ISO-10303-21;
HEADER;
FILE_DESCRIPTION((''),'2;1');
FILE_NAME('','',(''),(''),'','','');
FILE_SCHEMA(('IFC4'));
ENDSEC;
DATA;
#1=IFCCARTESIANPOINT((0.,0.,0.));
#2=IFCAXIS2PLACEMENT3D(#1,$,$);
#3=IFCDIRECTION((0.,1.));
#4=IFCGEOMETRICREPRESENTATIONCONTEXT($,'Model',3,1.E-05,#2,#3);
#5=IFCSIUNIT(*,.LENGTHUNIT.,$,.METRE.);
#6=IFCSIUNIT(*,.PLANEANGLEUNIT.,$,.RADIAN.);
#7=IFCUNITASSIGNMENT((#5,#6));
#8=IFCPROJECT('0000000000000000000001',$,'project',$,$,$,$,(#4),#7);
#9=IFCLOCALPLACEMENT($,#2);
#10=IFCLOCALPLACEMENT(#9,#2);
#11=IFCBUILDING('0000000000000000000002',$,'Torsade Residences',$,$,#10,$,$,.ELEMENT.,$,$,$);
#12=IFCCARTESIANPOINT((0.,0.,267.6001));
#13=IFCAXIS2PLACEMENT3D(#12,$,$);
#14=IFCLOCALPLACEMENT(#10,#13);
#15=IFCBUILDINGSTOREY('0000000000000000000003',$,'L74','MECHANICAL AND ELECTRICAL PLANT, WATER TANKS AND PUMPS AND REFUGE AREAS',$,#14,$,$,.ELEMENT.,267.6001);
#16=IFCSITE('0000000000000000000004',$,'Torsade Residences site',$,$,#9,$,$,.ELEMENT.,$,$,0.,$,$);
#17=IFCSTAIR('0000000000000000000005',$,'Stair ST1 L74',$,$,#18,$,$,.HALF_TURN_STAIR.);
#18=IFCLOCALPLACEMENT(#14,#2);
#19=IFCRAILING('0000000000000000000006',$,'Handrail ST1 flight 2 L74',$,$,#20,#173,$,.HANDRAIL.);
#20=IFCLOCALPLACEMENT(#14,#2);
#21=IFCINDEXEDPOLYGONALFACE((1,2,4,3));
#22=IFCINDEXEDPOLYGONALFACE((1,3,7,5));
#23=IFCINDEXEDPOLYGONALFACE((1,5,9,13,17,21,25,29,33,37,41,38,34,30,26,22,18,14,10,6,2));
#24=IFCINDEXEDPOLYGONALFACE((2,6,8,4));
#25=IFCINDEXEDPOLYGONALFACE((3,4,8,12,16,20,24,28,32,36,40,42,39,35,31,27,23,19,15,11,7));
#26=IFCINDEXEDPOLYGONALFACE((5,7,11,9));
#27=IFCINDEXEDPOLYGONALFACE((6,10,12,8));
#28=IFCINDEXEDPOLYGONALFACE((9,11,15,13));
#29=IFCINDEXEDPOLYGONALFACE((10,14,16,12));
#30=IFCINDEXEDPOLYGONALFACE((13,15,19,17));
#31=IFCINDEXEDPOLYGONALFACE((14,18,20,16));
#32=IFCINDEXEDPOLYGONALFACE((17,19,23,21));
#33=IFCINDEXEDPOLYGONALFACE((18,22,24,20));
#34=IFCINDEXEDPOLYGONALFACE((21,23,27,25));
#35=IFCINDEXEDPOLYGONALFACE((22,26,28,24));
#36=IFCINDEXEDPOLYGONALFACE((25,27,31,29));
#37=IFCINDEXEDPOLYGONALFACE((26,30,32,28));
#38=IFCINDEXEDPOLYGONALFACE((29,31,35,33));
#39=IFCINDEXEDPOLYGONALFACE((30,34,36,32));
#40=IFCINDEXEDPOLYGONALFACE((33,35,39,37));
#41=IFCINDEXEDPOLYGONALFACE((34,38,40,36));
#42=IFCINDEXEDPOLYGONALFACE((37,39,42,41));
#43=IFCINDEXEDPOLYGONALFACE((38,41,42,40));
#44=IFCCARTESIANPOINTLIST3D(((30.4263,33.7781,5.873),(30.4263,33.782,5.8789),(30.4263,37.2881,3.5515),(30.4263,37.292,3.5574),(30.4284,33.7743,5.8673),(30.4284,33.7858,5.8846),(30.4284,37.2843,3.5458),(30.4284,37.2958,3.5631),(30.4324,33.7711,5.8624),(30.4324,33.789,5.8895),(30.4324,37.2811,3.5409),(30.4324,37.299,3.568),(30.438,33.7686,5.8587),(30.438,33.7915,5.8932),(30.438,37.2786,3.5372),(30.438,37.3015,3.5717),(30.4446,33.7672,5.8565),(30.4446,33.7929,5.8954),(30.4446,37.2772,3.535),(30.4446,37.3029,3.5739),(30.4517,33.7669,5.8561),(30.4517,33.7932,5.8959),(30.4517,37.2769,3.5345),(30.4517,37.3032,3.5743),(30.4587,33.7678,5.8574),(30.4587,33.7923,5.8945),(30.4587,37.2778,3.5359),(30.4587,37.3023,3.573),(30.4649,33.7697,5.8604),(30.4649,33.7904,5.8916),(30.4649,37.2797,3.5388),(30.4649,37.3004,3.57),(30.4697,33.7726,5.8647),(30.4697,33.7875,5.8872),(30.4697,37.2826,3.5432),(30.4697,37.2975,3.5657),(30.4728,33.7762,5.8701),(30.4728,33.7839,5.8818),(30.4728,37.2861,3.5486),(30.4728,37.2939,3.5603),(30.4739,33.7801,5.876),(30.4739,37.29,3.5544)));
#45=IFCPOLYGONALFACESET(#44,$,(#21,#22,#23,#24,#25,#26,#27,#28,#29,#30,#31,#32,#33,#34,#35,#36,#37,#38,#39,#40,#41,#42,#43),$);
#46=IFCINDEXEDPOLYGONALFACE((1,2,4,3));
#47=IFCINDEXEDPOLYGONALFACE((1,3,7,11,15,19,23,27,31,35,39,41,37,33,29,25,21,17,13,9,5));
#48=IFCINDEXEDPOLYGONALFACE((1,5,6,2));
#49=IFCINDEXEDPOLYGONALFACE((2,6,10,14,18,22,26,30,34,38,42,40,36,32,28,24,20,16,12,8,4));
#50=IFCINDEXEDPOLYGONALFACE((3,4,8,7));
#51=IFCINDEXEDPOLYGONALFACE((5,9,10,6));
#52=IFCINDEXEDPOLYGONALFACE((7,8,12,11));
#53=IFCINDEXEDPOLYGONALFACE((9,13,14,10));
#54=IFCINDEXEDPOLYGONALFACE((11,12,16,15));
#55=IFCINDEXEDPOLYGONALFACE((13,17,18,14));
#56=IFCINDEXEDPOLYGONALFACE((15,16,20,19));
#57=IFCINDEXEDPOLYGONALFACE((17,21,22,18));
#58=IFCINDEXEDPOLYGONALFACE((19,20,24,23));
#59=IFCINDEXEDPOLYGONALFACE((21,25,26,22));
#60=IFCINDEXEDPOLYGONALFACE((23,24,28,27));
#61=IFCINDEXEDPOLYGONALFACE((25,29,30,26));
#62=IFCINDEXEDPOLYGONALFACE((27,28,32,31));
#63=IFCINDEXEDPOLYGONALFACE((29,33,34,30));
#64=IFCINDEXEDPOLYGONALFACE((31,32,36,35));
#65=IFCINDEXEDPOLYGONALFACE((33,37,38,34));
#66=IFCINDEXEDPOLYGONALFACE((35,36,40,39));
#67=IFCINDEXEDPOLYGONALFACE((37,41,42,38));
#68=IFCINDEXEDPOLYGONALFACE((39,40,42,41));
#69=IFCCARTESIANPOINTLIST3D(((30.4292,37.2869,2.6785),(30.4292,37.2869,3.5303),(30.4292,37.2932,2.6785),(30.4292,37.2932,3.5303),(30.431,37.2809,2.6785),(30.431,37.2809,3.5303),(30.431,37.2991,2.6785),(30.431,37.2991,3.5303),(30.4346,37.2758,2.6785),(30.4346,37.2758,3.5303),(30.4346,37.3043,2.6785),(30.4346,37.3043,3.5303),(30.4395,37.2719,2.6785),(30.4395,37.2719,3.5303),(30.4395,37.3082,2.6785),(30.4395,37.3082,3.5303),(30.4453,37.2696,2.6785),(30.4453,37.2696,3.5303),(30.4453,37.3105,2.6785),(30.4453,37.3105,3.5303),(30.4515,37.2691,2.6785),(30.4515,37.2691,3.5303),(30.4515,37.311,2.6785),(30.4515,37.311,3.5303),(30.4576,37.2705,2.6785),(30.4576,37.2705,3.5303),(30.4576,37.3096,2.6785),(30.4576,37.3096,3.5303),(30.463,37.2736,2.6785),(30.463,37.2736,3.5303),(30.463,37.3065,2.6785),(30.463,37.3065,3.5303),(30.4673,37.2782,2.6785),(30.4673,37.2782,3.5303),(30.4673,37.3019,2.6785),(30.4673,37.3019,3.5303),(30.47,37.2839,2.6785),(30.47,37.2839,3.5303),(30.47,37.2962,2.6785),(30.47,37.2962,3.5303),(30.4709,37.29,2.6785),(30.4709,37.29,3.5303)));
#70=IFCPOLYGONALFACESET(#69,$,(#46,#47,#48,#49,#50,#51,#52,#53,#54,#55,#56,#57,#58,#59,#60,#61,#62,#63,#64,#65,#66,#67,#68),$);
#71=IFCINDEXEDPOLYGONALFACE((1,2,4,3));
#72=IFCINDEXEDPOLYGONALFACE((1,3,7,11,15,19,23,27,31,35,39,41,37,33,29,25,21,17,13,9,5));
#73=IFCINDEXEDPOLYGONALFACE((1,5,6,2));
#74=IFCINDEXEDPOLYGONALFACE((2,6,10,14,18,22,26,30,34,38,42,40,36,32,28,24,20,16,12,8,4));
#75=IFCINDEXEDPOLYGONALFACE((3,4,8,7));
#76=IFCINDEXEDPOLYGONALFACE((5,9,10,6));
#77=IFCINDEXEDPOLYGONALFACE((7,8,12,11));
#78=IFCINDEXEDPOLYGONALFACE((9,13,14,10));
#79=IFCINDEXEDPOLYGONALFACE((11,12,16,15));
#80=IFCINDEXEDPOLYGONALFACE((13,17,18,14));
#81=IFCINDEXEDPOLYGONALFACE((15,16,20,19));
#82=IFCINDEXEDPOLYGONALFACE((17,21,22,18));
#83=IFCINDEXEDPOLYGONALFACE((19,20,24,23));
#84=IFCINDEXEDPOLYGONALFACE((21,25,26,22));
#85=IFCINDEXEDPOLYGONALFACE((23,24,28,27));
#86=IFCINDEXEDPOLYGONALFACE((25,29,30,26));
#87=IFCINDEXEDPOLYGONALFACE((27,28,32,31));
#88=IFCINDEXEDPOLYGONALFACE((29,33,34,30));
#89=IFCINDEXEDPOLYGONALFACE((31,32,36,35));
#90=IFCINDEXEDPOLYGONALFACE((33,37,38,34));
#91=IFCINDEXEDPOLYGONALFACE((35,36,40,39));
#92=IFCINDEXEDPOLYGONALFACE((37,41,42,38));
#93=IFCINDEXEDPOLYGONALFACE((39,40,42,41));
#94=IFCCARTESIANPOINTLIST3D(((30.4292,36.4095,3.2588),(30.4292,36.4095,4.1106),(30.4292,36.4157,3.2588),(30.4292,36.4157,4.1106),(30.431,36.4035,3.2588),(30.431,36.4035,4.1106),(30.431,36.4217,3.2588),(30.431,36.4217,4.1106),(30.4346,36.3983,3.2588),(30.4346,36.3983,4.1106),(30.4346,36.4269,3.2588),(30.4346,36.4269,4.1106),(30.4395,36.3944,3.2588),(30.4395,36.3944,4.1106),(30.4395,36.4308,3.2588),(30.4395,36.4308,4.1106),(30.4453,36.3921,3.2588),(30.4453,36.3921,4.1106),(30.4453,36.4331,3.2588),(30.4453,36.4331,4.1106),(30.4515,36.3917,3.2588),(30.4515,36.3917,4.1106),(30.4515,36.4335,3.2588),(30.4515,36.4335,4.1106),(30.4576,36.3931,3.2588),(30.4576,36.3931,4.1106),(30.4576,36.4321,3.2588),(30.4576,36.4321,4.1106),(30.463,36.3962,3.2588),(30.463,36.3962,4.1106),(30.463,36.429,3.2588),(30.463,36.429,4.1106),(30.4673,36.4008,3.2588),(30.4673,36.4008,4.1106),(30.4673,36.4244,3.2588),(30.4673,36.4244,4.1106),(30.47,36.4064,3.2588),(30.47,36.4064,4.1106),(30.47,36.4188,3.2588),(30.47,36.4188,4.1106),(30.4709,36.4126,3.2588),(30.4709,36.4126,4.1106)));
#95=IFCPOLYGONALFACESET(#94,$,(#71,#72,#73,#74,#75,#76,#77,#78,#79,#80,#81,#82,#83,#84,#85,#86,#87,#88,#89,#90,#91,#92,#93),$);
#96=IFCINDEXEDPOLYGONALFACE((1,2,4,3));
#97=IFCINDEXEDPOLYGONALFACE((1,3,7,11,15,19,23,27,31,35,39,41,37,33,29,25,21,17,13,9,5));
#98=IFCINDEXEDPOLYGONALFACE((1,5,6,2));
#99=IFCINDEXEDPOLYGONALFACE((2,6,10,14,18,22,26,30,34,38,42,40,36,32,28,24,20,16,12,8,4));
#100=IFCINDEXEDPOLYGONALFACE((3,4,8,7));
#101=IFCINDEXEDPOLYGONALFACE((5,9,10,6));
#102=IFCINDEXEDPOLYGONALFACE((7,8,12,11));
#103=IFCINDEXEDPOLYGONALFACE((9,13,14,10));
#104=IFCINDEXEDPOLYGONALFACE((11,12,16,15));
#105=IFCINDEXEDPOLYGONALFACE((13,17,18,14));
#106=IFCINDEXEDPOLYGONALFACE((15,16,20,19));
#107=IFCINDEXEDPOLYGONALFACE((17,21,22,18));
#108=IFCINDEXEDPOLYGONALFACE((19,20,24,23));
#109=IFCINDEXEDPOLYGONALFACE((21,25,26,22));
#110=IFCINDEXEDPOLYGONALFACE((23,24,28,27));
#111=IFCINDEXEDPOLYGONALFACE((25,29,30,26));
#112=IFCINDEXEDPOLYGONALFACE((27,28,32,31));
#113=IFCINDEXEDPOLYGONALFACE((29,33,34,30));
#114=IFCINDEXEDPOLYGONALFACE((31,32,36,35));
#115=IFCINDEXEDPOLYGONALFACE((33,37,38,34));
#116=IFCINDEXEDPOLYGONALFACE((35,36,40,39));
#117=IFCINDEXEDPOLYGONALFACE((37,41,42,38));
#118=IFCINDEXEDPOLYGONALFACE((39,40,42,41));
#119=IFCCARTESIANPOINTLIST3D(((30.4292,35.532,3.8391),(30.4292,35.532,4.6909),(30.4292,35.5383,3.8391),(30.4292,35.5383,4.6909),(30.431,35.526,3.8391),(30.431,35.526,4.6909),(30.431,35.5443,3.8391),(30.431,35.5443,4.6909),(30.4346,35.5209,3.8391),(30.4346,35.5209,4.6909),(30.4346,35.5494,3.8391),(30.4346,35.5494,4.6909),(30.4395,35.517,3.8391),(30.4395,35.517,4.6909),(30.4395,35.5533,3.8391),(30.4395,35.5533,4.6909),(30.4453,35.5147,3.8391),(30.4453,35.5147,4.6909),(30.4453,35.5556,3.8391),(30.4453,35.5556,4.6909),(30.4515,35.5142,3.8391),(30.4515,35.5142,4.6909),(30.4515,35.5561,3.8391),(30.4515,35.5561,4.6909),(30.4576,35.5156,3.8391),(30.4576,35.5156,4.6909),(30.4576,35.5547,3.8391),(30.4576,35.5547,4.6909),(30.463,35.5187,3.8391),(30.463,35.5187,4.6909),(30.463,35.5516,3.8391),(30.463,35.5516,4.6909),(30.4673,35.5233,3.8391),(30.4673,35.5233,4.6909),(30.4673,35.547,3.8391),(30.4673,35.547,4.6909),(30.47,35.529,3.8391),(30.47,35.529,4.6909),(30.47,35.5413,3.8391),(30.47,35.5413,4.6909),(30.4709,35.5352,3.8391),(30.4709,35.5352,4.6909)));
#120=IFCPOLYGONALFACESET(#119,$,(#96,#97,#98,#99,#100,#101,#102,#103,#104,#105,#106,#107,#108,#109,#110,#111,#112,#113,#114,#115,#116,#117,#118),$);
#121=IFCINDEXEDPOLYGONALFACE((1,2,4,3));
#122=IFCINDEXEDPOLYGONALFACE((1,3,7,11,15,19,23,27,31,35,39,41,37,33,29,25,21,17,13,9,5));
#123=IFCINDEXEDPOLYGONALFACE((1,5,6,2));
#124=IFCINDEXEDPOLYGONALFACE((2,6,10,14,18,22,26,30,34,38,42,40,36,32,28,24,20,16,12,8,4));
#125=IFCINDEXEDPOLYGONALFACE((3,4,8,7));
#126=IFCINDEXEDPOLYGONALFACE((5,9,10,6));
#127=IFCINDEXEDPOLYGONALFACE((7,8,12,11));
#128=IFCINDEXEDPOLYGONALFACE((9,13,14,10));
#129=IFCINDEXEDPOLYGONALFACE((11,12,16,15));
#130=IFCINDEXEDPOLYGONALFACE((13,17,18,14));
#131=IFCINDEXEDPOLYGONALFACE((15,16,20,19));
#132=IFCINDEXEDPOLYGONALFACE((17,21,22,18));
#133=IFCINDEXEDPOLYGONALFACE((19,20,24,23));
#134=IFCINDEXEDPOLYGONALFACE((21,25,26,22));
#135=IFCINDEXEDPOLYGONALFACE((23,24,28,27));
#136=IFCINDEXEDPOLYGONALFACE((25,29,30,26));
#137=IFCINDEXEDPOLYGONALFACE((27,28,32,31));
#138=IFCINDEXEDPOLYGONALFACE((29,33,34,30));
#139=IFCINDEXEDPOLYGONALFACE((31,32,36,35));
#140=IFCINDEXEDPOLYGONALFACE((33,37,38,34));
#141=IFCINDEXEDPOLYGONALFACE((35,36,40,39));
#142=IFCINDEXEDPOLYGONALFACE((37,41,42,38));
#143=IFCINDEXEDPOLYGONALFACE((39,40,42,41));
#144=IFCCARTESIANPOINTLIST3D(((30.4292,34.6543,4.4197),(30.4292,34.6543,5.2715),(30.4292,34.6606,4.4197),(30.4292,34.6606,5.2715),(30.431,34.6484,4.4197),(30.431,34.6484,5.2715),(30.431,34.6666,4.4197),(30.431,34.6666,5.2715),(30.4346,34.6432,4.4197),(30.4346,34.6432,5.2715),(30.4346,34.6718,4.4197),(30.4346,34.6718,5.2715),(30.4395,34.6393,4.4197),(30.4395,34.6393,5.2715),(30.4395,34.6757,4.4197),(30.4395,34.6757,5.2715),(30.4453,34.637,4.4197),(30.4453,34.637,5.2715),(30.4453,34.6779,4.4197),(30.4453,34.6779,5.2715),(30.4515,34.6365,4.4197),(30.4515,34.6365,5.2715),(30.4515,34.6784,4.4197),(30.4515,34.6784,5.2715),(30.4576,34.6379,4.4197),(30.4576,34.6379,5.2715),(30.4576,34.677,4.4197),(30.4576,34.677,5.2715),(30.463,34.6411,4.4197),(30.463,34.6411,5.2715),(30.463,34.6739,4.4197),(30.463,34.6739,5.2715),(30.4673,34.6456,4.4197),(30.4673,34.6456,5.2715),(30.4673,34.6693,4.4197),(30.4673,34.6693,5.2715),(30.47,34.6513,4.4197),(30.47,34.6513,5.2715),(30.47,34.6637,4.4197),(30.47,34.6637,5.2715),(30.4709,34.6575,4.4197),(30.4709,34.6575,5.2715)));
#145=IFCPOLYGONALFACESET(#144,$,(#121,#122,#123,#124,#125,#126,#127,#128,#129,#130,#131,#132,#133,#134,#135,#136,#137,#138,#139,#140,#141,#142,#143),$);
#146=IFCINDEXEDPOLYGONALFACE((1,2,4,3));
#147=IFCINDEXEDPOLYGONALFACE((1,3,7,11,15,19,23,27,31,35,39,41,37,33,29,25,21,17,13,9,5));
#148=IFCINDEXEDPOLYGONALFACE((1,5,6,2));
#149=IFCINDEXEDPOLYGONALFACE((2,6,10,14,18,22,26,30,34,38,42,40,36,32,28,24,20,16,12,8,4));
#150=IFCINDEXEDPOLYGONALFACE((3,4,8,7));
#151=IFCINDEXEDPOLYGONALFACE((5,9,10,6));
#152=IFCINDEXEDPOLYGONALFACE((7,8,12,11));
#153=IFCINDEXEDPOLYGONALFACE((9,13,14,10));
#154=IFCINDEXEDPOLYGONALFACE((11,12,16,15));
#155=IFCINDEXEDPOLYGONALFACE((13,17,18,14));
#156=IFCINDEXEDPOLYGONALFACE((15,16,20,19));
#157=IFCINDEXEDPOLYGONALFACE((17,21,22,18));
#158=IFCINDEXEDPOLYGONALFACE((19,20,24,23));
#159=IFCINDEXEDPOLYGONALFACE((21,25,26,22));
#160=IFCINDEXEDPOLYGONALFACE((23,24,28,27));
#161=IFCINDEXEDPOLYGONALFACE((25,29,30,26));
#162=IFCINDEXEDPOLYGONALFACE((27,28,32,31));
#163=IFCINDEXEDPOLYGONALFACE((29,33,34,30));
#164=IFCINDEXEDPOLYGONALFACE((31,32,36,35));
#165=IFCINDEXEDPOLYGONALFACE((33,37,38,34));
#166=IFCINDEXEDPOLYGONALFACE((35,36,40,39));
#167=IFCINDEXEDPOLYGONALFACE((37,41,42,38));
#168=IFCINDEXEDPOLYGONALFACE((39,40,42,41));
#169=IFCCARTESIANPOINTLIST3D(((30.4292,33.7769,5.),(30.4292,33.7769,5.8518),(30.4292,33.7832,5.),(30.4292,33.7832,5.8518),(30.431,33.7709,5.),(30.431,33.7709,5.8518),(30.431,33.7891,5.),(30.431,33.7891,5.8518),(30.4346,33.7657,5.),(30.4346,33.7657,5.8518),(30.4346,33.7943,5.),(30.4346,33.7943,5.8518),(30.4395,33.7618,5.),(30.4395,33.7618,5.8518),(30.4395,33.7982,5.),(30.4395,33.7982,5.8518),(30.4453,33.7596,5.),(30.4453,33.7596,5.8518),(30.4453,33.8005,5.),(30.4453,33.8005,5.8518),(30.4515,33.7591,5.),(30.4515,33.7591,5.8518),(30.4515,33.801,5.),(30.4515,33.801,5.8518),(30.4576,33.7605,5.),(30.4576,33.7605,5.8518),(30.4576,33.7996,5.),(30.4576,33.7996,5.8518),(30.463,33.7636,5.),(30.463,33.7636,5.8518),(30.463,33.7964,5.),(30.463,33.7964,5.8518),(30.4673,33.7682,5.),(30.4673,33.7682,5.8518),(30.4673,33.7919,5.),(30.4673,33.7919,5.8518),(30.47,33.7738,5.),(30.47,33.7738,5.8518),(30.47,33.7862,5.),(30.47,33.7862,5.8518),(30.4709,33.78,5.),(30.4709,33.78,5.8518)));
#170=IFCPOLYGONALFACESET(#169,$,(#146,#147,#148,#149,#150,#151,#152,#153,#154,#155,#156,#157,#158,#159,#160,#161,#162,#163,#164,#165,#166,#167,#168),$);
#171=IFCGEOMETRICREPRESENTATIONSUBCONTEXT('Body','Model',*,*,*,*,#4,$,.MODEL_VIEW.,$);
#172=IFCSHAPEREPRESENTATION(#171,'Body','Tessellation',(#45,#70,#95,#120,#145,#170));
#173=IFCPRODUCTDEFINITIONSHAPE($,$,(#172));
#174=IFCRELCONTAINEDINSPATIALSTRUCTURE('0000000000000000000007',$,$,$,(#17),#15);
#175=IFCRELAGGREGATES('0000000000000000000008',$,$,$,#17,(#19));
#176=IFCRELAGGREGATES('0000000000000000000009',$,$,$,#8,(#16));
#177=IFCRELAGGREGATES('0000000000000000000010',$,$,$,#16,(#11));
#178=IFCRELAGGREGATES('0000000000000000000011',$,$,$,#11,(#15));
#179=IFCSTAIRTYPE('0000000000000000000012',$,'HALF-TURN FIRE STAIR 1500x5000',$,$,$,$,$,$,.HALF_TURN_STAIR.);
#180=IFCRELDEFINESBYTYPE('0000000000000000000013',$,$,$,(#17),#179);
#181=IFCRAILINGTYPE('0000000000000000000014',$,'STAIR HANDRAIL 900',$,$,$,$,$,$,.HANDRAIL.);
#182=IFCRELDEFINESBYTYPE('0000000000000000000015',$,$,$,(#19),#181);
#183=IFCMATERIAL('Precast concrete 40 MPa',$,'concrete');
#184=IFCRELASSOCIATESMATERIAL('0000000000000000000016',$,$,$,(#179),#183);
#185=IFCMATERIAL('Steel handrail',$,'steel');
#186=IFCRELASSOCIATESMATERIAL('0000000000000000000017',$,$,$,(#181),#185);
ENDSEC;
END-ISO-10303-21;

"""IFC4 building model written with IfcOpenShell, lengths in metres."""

from ifc_helpers import new_model, si_unit, direction, frame, origin, origin_2d, place, context, subcontext, project, spatial, circle, extrude, material, type_object, element, aggregate, save


model = new_model("IFC4")

# Units and contexts
model_context = context("Model", 3, precision=1e-05, world=origin(), true_north=direction((0.0, 1.0)))
body_context = subcontext(model_context, "Body", "Model", "MODEL_VIEW")
ifc_project = project(units=[si_unit("LENGTHUNIT", "METRE"), si_unit("PLANEANGLEUNIT", "RADIAN")], contexts=[model_context])

# Site, building, storey
site_placement = place(None, origin())
site = spatial("IfcSite", under=ifc_project, at=site_placement, Name="Torsade Residences site", CompositionType="ELEMENT", RefElevation=0.0)
building_placement = place(site_placement, origin())
building = spatial("IfcBuilding", under=site, at=building_placement, Name="Torsade Residences", CompositionType="ELEMENT")
storey_placement = place(building_placement, frame((0.0, 0.0, 267.6001)))
storey = spatial("IfcBuildingStorey", under=building, at=storey_placement, Name="L74", Description="MECHANICAL AND ELECTRICAL PLANT, WATER TANKS AND PUMPS AND REFUGE AREAS", CompositionType="ELEMENT", Elevation=267.6001)

# Stair, railing
ifc_material_1 = material(Name="Precast concrete 40 MPa", Category="concrete")
stair_type = type_object("IfcStairType", Name="HALF-TURN FIRE STAIR 1500x5000", PredefinedType="HALF_TURN_STAIR", material=ifc_material_1)
stair_placement = place(storey_placement, origin())
stair = element("IfcStair", 1, at=stair_placement, inside=storey, type_object=stair_type, Name="Stair ST1 L74", PredefinedType="HALF_TURN_STAIR")
ifc_material_2 = material(Name="Steel handrail", Category="steel")
railing_type = type_object("IfcRailingType", Name="STAIR HANDRAIL 900", PredefinedType="HANDRAIL", material=ifc_material_2)
railing_1_placement = place(storey_placement, frame((30.45, 37.29, 2.6785)))
railing_1 = element("IfcRailing", 2, at=railing_1_placement, type_object=railing_type, Name="Handrail ST1 flight 2 L74", PredefinedType="HANDRAIL", context=body_context, shape_type="SweptSolid", body=[
    extrude(circle(Radius=0.0239, at=origin_2d()), frame((0.0, 0.0, 0.876), z_axis=(0.0, -0.834071, 0.551657), x_axis=(1.0, 0.0, 0.0)), (0.0, 0.0, 1.0), 4.2083),
    extrude(circle(Radius=0.021, at=origin_2d()), origin(), (0.0, 0.0, 1.0), 0.8518),
    extrude(circle(Radius=0.021, at=origin_2d()), frame((0.0, -0.8774, 0.5803)), (0.0, 0.0, 1.0), 0.8518),
    extrude(circle(Radius=0.021, at=origin_2d()), frame((0.0, -1.7549, 1.1606)), (0.0, 0.0, 1.0), 0.8518),
    extrude(circle(Radius=0.021, at=origin_2d()), frame((0.0, -2.6326, 1.7412)), (0.0, 0.0, 1.0), 0.8518),
    extrude(circle(Radius=0.021, at=origin_2d()), frame((0.0, -3.51, 2.3215)), (0.0, 0.0, 1.0), 0.8518),
])
aggregate(stair, [railing_1])

save(model, "model.ifc")
